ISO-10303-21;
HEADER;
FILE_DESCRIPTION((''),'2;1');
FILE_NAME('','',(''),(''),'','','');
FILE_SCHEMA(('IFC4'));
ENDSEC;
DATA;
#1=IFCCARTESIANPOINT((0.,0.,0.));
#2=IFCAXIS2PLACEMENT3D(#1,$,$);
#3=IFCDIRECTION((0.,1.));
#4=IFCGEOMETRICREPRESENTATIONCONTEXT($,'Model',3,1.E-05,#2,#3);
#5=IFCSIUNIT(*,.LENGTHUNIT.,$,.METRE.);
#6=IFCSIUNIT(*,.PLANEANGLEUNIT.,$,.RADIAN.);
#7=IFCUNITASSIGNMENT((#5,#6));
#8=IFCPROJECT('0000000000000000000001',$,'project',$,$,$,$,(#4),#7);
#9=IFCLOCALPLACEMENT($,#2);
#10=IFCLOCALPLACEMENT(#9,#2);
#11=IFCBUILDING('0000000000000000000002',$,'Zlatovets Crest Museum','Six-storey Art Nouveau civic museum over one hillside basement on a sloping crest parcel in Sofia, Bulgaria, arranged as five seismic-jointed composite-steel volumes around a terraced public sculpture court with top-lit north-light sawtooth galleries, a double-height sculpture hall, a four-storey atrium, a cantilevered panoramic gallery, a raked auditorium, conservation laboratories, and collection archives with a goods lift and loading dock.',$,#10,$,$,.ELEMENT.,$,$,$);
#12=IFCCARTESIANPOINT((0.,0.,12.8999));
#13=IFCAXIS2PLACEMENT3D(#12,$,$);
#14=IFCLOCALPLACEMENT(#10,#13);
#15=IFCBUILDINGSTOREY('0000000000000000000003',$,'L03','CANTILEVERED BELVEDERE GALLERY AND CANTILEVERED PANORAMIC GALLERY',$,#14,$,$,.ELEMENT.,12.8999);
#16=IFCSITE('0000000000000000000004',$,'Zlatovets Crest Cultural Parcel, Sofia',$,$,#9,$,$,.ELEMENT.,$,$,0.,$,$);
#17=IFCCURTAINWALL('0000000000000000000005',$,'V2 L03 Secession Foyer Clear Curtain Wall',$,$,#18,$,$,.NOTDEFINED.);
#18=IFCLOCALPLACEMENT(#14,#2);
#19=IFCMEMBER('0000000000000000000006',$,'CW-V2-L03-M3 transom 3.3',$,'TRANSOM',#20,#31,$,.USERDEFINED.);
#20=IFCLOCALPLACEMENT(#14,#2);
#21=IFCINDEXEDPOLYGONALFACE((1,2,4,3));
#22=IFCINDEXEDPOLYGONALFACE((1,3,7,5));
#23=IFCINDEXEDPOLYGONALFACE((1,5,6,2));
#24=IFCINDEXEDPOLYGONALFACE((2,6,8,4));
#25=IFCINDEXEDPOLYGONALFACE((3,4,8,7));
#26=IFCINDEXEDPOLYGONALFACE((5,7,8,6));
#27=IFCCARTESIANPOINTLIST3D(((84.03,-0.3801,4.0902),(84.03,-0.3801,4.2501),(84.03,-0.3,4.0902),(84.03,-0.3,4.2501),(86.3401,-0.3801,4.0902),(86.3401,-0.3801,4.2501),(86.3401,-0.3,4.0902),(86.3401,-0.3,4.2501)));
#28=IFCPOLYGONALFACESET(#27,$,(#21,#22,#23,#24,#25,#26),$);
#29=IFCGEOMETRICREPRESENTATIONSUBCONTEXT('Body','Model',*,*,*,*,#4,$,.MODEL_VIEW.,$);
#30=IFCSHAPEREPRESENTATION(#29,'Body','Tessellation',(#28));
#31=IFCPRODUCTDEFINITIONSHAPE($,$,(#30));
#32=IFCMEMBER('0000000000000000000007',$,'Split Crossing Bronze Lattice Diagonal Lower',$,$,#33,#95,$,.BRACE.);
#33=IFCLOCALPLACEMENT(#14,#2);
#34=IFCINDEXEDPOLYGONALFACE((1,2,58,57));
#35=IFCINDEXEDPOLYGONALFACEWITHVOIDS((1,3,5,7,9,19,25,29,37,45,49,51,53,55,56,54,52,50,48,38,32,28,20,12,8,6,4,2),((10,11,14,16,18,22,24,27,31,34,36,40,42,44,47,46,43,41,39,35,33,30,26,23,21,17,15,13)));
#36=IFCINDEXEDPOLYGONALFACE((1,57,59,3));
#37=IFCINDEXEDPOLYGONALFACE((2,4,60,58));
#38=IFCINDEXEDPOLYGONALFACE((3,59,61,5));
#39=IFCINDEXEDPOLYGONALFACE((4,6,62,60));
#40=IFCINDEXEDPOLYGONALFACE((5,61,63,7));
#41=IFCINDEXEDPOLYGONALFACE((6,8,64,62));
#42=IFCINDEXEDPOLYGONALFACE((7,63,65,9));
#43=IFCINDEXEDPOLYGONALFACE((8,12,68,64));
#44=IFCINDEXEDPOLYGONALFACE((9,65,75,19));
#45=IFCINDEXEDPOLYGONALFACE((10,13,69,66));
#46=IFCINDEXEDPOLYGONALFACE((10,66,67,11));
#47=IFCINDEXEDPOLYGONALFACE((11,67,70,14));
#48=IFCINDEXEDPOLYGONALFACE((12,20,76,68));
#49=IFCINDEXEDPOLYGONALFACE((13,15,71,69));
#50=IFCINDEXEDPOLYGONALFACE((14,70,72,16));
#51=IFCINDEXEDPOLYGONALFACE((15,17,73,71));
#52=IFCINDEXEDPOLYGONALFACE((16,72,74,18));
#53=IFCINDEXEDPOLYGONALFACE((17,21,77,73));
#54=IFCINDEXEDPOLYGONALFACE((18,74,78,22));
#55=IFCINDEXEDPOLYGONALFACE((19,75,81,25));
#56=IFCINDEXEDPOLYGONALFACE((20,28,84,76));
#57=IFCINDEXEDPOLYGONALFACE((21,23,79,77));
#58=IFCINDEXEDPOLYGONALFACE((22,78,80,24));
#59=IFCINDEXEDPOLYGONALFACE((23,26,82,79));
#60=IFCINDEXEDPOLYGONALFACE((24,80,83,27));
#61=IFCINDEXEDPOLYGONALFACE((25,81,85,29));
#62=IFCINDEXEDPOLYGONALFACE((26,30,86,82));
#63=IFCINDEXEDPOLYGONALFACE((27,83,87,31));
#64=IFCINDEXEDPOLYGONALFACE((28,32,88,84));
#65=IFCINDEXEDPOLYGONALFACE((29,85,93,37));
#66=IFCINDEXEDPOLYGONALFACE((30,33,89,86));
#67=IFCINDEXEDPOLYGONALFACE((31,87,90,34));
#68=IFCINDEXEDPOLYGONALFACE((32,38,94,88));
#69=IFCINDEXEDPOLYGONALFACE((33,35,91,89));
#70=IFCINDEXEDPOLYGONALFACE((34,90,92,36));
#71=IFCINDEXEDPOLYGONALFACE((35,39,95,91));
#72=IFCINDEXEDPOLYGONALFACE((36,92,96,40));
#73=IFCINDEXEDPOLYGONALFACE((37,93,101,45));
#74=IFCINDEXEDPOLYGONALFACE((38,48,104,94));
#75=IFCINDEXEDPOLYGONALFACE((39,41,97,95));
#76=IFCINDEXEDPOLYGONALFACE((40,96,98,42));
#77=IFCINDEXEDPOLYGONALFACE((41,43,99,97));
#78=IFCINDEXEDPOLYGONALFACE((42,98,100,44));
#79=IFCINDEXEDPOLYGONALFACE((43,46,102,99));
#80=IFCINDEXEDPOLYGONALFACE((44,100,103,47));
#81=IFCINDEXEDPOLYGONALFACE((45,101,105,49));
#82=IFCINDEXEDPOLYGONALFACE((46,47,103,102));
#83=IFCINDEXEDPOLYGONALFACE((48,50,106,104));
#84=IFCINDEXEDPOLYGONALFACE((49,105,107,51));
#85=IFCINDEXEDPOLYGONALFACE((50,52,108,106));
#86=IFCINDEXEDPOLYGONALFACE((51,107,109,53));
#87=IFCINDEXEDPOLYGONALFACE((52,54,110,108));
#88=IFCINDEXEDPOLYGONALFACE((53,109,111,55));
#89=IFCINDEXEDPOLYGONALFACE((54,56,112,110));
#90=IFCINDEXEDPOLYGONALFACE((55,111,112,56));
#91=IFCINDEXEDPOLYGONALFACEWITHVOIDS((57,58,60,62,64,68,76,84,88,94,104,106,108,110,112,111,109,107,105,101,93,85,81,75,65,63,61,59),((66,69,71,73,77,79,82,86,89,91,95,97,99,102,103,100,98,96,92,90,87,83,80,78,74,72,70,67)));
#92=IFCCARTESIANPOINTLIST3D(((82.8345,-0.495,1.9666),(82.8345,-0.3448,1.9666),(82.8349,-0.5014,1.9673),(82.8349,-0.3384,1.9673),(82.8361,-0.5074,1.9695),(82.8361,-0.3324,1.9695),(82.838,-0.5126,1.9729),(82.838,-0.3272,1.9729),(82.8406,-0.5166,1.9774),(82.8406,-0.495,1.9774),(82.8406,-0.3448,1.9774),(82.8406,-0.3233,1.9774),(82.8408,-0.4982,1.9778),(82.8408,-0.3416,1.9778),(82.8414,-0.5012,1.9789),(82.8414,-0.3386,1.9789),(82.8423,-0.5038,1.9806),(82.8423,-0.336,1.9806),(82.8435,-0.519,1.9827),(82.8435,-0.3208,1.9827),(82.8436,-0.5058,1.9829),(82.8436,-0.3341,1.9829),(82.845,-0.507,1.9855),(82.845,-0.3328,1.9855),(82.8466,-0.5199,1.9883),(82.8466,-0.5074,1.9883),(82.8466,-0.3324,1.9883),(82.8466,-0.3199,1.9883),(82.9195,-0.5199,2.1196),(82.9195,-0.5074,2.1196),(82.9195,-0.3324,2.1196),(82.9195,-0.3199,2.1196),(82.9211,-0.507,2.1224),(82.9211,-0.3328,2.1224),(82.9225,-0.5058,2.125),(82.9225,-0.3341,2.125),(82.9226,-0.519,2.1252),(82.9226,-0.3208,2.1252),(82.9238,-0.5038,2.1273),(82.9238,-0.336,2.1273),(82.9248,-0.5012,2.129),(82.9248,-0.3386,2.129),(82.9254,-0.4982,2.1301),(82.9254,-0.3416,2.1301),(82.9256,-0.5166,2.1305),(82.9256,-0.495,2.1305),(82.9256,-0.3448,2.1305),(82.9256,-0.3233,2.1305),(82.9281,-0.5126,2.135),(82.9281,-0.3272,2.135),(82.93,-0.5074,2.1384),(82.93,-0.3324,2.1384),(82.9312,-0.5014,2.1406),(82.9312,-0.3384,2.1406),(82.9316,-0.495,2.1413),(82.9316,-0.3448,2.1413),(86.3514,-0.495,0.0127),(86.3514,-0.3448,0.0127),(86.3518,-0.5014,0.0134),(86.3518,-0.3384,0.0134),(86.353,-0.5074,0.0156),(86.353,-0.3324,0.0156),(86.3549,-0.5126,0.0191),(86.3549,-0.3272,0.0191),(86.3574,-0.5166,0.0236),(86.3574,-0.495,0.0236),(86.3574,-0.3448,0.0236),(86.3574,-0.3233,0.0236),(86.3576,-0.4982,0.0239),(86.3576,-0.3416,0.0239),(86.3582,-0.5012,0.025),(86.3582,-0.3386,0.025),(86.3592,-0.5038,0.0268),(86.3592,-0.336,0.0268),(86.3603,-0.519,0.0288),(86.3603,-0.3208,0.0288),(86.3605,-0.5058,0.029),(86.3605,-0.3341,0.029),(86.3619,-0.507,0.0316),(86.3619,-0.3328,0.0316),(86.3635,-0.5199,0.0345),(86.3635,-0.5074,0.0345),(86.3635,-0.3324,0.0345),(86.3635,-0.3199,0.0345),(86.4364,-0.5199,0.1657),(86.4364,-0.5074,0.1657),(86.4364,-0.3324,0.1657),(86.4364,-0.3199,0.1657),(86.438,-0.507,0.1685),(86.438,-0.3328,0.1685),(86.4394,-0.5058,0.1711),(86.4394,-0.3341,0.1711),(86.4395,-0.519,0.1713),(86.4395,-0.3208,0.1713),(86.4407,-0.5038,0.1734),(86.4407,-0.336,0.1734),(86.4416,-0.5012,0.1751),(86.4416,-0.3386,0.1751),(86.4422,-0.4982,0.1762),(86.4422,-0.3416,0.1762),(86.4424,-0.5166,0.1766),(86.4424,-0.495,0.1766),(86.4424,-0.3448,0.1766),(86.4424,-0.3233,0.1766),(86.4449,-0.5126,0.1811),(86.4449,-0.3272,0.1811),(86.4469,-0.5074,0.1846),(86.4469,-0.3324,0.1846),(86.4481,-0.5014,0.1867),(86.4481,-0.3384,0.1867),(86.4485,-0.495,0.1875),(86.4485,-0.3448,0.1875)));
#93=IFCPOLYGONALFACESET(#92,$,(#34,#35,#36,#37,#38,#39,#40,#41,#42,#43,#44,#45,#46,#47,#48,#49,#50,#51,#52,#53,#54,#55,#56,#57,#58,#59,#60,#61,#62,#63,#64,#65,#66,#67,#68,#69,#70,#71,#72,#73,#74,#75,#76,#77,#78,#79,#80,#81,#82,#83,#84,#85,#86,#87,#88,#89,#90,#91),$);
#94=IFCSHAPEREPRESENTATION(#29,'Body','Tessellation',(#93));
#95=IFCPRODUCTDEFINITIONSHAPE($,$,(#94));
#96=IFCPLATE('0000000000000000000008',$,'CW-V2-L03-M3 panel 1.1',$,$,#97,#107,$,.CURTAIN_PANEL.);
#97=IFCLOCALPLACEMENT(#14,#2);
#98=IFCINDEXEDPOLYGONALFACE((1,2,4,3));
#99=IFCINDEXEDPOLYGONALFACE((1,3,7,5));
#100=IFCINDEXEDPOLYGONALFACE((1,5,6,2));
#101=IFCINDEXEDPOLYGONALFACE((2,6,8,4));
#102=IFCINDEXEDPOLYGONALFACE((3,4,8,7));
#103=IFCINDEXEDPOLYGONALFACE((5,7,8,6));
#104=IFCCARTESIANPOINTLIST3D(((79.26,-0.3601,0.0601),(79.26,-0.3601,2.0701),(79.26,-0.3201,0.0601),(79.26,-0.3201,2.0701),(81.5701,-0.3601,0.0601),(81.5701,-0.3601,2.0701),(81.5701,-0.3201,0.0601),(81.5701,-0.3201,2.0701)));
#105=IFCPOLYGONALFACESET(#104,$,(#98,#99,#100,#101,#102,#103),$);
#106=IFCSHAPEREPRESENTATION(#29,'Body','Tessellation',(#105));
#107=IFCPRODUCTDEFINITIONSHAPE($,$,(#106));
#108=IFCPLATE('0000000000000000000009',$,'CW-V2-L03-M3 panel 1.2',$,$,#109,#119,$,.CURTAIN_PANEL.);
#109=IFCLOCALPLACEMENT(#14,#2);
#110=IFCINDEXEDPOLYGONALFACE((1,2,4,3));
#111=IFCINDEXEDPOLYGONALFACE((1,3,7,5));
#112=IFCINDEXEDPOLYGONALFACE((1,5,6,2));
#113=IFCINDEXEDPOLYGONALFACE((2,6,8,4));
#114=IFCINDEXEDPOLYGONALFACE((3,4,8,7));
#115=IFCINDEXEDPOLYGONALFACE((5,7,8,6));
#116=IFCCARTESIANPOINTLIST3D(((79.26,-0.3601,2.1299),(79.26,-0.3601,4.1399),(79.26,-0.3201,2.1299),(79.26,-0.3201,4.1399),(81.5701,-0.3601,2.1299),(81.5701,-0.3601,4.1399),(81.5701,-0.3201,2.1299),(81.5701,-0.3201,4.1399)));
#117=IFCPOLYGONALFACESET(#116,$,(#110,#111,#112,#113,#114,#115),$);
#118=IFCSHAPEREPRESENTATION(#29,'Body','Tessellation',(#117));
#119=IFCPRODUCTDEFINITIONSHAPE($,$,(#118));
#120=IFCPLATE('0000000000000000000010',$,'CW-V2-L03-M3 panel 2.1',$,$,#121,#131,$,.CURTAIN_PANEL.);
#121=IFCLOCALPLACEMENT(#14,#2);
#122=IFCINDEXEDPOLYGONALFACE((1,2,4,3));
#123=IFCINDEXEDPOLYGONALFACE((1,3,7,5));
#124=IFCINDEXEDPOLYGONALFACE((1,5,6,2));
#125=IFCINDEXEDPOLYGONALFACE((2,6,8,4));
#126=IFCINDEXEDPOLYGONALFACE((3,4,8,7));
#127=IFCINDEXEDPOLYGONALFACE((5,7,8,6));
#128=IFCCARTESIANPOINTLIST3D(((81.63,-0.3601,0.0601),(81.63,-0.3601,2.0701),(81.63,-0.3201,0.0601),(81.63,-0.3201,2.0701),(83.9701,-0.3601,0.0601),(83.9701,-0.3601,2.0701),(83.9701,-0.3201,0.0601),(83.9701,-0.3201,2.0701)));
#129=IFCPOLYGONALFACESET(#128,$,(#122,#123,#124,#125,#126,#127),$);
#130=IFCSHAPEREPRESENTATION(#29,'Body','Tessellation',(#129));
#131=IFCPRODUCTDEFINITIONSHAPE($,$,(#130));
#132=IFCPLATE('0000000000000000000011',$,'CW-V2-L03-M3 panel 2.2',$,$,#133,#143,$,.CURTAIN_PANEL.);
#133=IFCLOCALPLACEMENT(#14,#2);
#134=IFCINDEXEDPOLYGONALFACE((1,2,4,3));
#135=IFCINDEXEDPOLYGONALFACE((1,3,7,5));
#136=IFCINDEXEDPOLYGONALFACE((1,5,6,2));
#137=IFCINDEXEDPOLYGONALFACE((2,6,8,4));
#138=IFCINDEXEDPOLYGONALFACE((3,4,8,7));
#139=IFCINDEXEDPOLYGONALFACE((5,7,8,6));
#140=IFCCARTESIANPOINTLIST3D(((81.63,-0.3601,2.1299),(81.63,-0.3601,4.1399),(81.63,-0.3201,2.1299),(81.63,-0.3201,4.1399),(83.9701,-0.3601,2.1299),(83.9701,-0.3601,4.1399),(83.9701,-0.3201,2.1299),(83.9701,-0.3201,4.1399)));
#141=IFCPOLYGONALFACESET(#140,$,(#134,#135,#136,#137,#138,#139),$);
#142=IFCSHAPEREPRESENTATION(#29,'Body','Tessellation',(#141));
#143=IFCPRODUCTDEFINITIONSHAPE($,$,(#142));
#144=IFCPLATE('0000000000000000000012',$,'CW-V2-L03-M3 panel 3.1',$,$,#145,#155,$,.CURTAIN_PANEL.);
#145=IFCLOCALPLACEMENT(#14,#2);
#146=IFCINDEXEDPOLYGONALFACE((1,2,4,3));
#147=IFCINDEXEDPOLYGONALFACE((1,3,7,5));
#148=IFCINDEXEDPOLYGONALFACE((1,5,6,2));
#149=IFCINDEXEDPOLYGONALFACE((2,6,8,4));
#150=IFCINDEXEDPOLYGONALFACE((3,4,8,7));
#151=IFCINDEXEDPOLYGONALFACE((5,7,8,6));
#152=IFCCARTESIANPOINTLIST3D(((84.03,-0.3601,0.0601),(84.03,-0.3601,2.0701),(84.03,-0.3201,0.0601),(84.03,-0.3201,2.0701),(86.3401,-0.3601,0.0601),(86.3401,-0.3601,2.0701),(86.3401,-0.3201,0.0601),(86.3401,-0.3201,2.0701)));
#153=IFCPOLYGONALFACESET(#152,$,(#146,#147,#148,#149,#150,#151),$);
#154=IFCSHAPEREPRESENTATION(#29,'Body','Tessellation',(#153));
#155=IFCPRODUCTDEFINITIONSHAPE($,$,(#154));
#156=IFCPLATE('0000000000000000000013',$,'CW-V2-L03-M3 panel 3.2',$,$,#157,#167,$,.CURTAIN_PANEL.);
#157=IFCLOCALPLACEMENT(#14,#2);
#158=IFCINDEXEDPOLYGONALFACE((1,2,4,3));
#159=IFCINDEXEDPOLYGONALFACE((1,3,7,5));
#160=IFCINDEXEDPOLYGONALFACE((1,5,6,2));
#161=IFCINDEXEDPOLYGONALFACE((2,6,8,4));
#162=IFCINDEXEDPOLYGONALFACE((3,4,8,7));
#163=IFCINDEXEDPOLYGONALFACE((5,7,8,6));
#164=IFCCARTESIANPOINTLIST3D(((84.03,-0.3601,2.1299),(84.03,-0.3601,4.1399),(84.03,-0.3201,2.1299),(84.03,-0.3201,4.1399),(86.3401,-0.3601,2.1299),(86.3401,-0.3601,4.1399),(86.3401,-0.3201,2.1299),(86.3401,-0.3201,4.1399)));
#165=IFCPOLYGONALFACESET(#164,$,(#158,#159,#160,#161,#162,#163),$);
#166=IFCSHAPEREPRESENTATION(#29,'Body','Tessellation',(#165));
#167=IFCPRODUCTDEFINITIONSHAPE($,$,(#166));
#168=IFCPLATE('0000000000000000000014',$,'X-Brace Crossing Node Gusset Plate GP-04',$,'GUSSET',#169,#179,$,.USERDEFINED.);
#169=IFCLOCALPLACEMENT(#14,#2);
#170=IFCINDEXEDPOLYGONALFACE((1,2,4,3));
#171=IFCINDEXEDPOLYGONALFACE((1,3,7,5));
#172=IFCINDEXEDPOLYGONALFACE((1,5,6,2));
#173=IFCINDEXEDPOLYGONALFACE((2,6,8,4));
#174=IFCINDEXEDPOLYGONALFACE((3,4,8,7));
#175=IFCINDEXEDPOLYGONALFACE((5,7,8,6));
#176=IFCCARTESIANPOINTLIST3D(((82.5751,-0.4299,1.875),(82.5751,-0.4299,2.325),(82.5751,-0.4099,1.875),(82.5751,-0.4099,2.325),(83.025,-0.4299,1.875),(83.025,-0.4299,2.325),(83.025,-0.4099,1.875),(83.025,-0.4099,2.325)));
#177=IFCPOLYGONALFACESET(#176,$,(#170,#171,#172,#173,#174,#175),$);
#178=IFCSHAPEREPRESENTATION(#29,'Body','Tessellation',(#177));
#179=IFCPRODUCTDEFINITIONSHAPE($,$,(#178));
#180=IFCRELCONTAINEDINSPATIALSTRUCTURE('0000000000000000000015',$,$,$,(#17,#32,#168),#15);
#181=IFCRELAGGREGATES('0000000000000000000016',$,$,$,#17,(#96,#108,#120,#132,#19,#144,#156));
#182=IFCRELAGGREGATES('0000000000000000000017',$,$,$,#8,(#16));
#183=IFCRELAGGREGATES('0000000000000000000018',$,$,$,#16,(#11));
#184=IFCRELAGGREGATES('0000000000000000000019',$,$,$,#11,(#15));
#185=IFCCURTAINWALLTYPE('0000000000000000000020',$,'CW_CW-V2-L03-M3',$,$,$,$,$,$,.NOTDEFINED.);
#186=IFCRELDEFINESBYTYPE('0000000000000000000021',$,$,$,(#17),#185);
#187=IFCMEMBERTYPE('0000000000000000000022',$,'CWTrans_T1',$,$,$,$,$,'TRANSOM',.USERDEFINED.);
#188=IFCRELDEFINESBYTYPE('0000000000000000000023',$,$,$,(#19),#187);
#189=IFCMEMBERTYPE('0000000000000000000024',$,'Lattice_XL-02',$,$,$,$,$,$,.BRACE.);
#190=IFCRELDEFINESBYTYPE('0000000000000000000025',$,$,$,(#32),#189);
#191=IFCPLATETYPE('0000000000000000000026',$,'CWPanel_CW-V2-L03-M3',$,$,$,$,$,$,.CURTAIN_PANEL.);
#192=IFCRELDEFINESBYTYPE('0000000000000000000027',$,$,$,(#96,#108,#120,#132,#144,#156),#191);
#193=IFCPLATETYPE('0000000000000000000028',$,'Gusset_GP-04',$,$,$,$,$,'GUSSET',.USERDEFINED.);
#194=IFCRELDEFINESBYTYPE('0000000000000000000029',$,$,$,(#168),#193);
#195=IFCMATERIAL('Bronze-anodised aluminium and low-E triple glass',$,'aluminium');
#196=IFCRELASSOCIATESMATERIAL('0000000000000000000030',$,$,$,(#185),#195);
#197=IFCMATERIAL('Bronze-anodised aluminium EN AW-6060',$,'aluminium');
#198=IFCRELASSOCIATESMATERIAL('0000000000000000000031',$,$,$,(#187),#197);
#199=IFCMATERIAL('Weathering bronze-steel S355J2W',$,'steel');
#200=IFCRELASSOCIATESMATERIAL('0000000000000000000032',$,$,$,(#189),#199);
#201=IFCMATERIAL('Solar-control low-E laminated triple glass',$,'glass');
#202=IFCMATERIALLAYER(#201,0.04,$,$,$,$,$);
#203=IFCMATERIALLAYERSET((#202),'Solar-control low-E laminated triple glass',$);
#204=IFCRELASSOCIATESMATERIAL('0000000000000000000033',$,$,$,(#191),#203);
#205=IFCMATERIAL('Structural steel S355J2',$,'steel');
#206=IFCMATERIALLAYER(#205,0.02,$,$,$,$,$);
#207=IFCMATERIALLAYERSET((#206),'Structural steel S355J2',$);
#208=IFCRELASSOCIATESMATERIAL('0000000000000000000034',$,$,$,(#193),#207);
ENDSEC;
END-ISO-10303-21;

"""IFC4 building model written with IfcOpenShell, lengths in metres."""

from ifc_helpers import new_model, si_unit, direction, frame, origin, origin_2d, place, context, subcontext, project, spatial, rectangle, hollow_rectangle, extrude, material, layer, layer_set, material_profile, profile_set, type_object, element, aggregate, save


model = new_model("IFC4")

# Units and contexts
model_context = context("Model", 3, precision=1e-05, world=origin(), true_north=direction((0.0, 1.0)))
body_context = subcontext(model_context, "Body", "Model", "MODEL_VIEW")
ifc_project = project(units=[si_unit("LENGTHUNIT", "METRE"), si_unit("PLANEANGLEUNIT", "RADIAN")], contexts=[model_context])

# Site, building, storey
site_placement = place(None, origin())
site = spatial("IfcSite", under=ifc_project, at=site_placement, Name="Zlatovets Crest Cultural Parcel, Sofia", CompositionType="ELEMENT", RefElevation=0.0)
building_placement = place(site_placement, origin())
building = spatial("IfcBuilding", under=site, at=building_placement, Name="Zlatovets Crest Museum", Description="Six-storey Art Nouveau civic museum over one hillside basement on a sloping crest parcel in Sofia, Bulgaria, arranged as five seismic-jointed composite-steel volumes around a terraced public sculpture court with top-lit north-light sawtooth galleries, a double-height sculpture hall, a four-storey atrium, a cantilevered panoramic gallery, a raked auditorium, conservation laboratories, and collection archives with a goods lift and loading dock.", CompositionType="ELEMENT")
storey_placement = place(building_placement, frame((0.0, 0.0, 12.8999)))
storey = spatial("IfcBuildingStorey", under=building, at=storey_placement, Name="L03", Description="CANTILEVERED BELVEDERE GALLERY AND CANTILEVERED PANORAMIC GALLERY", CompositionType="ELEMENT", Elevation=12.8999)

# Shared definitions
ifc_material_1 = material(Name="Structural steel S355J2", Category="steel")

# Curtain wall, member
ifc_material_2 = material(Name="Bronze-anodised aluminium and low-E triple glass", Category="aluminium")
curtain_wall_type = type_object("IfcCurtainWallType", Name="CW_CW-V2-L03-M3", PredefinedType="NOTDEFINED", material=ifc_material_2)
curtain_wall_placement = place(storey_placement, origin())
curtain_wall = element("IfcCurtainWall", 1, at=curtain_wall_placement, inside=storey, type_object=curtain_wall_type, Name="V2 L03 Secession Foyer Clear Curtain Wall", PredefinedType="NOTDEFINED")
ifc_material_3 = material(Name="Bronze-anodised aluminium EN AW-6060", Category="aluminium")
ifc_material_profile_1 = material_profile(ifc_material_3, rectangle(XDim=0.0801, YDim=0.1599, at=origin_2d()), Name="ALU 80x160")
ifc_profile_set_1 = profile_set([ifc_material_profile_1], Name="Bronze-anodised aluminium EN AW-6060")
member_type_1 = type_object("IfcMemberType", Name="CWTrans_T1", ElementType="TRANSOM", PredefinedType="USERDEFINED", material=ifc_profile_set_1)
member_1_placement = place(storey_placement, frame((84.03, -0.3401, 4.1702), z_axis=(1.0, 0.0, 0.0), x_axis=(0.0, 1.0, 0.0)))
member_1 = element("IfcMember", 2, at=member_1_placement, type_object=member_type_1, Name="CW-V2-L03-M3 transom 3.3", ObjectType="TRANSOM", PredefinedType="USERDEFINED", context=body_context, shape_type="SweptSolid", body=[
    extrude(rectangle(XDim=0.0801, YDim=0.1599, at=origin_2d()), origin(), (0.0, 0.0, 1.0), 2.3101),
])

# Member
ifc_material_4 = material(Name="Weathering bronze-steel S355J2W", Category="steel")
ifc_material_profile_2 = material_profile(ifc_material_4, hollow_rectangle(XDim=0.2, YDim=0.2, WallThickness=0.0125, InnerFilletRadius=0.0125, OuterFilletRadius=0.0249, at=origin_2d()), Name="SHS 200x200x12.5")
ifc_profile_set_2 = profile_set([ifc_material_profile_2], Name="Weathering bronze-steel S355J2W")
member_type_2 = type_object("IfcMemberType", Name="Lattice_XL-02", PredefinedType="BRACE", material=ifc_profile_set_2)
member_2_placement = place(storey_placement, frame((82.8831, -0.4199, 2.054), z_axis=(0.874152, 0.0, -0.485653), x_axis=(0.0, 1.0, 0.0)))
element("IfcMember", 3, at=member_2_placement, inside=storey, type_object=member_type_2, Name="Split Crossing Bronze Lattice Diagonal Lower", PredefinedType="BRACE", context=body_context, shape_type="SweptSolid", body=[
    extrude(hollow_rectangle(XDim=0.2, YDim=0.2, WallThickness=0.0125, InnerFilletRadius=0.0125, OuterFilletRadius=0.0249, at=origin_2d()), origin(), (0.0, 0.0, 1.0), 4.0232),
])

# Plates
ifc_material_5 = material(Name="Solar-control low-E laminated triple glass", Category="glass")
ifc_layer_1 = layer(ifc_material_5, 0.04)
ifc_layer_set_1 = layer_set([ifc_layer_1], Name="Solar-control low-E laminated triple glass")
plate_type_1 = type_object("IfcPlateType", Name="CWPanel_CW-V2-L03-M3", PredefinedType="CURTAIN_PANEL", material=ifc_layer_set_1)
plate_1_placement = place(storey_placement, frame((80.415, -0.3401, 0.0601), z_axis=(0.0, 0.0, 1.0), x_axis=(1.0, 0.0, 0.0)))
plate_1 = element("IfcPlate", 4, at=plate_1_placement, type_object=plate_type_1, Name="CW-V2-L03-M3 panel 1.1", PredefinedType="CURTAIN_PANEL", context=body_context, shape_type="SweptSolid", body=[
    extrude(rectangle(XDim=2.3101, YDim=0.04, at=origin_2d()), origin(), (0.0, 0.0, 1.0), 2.01),
])
plate_2_placement = place(storey_placement, frame((80.415, -0.3401, 2.1299), z_axis=(0.0, 0.0, 1.0), x_axis=(1.0, 0.0, 0.0)))
plate_2 = element("IfcPlate", 5, at=plate_2_placement, type_object=plate_type_1, Name="CW-V2-L03-M3 panel 1.2", PredefinedType="CURTAIN_PANEL", context=body_context, shape_type="SweptSolid", body=[
    extrude(rectangle(XDim=2.3101, YDim=0.04, at=origin_2d()), origin(), (0.0, 0.0, 1.0), 2.01),
])
plate_3_placement = place(storey_placement, frame((82.8, -0.3401, 0.0601), z_axis=(0.0, 0.0, 1.0), x_axis=(1.0, 0.0, 0.0)))
plate_3 = element("IfcPlate", 6, at=plate_3_placement, type_object=plate_type_1, Name="CW-V2-L03-M3 panel 2.1", PredefinedType="CURTAIN_PANEL", context=body_context, shape_type="SweptSolid", body=[
    extrude(rectangle(XDim=2.3401, YDim=0.04, at=origin_2d()), origin(), (0.0, 0.0, 1.0), 2.01),
])
plate_4_placement = place(storey_placement, frame((82.8, -0.3401, 2.1299), z_axis=(0.0, 0.0, 1.0), x_axis=(1.0, 0.0, 0.0)))
plate_4 = element("IfcPlate", 7, at=plate_4_placement, type_object=plate_type_1, Name="CW-V2-L03-M3 panel 2.2", PredefinedType="CURTAIN_PANEL", context=body_context, shape_type="SweptSolid", body=[
    extrude(rectangle(XDim=2.3401, YDim=0.04, at=origin_2d()), origin(), (0.0, 0.0, 1.0), 2.01),
])
plate_5_placement = place(storey_placement, frame((85.1851, -0.3401, 0.0601), z_axis=(0.0, 0.0, 1.0), x_axis=(1.0, 0.0, 0.0)))
plate_5 = element("IfcPlate", 8, at=plate_5_placement, type_object=plate_type_1, Name="CW-V2-L03-M3 panel 3.1", PredefinedType="CURTAIN_PANEL", context=body_context, shape_type="SweptSolid", body=[
    extrude(rectangle(XDim=2.3101, YDim=0.04, at=origin_2d()), origin(), (0.0, 0.0, 1.0), 2.01),
])
plate_6_placement = place(storey_placement, frame((85.1851, -0.3401, 2.1299), z_axis=(0.0, 0.0, 1.0), x_axis=(1.0, 0.0, 0.0)))
plate_6 = element("IfcPlate", 9, at=plate_6_placement, type_object=plate_type_1, Name="CW-V2-L03-M3 panel 3.2", PredefinedType="CURTAIN_PANEL", context=body_context, shape_type="SweptSolid", body=[
    extrude(rectangle(XDim=2.3101, YDim=0.04, at=origin_2d()), origin(), (0.0, 0.0, 1.0), 2.01),
])
aggregate(curtain_wall, [plate_1, plate_2, plate_3, plate_4, member_1, plate_5, plate_6])
ifc_layer_2 = layer(ifc_material_1, 0.02)
ifc_layer_set_2 = layer_set([ifc_layer_2], Name="Structural steel S355J2")
plate_type_2 = type_object("IfcPlateType", Name="Gusset_GP-04", ElementType="GUSSET", PredefinedType="USERDEFINED", material=ifc_layer_set_2)
plate_7_placement = place(storey_placement, frame((82.8, -0.4199, 1.875), z_axis=(0.0, 0.0, 1.0), x_axis=(1.0, 0.0, 0.0)))
element("IfcPlate", 10, at=plate_7_placement, inside=storey, type_object=plate_type_2, Name="X-Brace Crossing Node Gusset Plate GP-04", ObjectType="GUSSET", PredefinedType="USERDEFINED", context=body_context, shape_type="SweptSolid", body=[
    extrude(rectangle(XDim=0.45, YDim=0.02, at=origin_2d()), origin(), (0.0, 0.0, 1.0), 0.45),
])

save(model, "model.ifc")
